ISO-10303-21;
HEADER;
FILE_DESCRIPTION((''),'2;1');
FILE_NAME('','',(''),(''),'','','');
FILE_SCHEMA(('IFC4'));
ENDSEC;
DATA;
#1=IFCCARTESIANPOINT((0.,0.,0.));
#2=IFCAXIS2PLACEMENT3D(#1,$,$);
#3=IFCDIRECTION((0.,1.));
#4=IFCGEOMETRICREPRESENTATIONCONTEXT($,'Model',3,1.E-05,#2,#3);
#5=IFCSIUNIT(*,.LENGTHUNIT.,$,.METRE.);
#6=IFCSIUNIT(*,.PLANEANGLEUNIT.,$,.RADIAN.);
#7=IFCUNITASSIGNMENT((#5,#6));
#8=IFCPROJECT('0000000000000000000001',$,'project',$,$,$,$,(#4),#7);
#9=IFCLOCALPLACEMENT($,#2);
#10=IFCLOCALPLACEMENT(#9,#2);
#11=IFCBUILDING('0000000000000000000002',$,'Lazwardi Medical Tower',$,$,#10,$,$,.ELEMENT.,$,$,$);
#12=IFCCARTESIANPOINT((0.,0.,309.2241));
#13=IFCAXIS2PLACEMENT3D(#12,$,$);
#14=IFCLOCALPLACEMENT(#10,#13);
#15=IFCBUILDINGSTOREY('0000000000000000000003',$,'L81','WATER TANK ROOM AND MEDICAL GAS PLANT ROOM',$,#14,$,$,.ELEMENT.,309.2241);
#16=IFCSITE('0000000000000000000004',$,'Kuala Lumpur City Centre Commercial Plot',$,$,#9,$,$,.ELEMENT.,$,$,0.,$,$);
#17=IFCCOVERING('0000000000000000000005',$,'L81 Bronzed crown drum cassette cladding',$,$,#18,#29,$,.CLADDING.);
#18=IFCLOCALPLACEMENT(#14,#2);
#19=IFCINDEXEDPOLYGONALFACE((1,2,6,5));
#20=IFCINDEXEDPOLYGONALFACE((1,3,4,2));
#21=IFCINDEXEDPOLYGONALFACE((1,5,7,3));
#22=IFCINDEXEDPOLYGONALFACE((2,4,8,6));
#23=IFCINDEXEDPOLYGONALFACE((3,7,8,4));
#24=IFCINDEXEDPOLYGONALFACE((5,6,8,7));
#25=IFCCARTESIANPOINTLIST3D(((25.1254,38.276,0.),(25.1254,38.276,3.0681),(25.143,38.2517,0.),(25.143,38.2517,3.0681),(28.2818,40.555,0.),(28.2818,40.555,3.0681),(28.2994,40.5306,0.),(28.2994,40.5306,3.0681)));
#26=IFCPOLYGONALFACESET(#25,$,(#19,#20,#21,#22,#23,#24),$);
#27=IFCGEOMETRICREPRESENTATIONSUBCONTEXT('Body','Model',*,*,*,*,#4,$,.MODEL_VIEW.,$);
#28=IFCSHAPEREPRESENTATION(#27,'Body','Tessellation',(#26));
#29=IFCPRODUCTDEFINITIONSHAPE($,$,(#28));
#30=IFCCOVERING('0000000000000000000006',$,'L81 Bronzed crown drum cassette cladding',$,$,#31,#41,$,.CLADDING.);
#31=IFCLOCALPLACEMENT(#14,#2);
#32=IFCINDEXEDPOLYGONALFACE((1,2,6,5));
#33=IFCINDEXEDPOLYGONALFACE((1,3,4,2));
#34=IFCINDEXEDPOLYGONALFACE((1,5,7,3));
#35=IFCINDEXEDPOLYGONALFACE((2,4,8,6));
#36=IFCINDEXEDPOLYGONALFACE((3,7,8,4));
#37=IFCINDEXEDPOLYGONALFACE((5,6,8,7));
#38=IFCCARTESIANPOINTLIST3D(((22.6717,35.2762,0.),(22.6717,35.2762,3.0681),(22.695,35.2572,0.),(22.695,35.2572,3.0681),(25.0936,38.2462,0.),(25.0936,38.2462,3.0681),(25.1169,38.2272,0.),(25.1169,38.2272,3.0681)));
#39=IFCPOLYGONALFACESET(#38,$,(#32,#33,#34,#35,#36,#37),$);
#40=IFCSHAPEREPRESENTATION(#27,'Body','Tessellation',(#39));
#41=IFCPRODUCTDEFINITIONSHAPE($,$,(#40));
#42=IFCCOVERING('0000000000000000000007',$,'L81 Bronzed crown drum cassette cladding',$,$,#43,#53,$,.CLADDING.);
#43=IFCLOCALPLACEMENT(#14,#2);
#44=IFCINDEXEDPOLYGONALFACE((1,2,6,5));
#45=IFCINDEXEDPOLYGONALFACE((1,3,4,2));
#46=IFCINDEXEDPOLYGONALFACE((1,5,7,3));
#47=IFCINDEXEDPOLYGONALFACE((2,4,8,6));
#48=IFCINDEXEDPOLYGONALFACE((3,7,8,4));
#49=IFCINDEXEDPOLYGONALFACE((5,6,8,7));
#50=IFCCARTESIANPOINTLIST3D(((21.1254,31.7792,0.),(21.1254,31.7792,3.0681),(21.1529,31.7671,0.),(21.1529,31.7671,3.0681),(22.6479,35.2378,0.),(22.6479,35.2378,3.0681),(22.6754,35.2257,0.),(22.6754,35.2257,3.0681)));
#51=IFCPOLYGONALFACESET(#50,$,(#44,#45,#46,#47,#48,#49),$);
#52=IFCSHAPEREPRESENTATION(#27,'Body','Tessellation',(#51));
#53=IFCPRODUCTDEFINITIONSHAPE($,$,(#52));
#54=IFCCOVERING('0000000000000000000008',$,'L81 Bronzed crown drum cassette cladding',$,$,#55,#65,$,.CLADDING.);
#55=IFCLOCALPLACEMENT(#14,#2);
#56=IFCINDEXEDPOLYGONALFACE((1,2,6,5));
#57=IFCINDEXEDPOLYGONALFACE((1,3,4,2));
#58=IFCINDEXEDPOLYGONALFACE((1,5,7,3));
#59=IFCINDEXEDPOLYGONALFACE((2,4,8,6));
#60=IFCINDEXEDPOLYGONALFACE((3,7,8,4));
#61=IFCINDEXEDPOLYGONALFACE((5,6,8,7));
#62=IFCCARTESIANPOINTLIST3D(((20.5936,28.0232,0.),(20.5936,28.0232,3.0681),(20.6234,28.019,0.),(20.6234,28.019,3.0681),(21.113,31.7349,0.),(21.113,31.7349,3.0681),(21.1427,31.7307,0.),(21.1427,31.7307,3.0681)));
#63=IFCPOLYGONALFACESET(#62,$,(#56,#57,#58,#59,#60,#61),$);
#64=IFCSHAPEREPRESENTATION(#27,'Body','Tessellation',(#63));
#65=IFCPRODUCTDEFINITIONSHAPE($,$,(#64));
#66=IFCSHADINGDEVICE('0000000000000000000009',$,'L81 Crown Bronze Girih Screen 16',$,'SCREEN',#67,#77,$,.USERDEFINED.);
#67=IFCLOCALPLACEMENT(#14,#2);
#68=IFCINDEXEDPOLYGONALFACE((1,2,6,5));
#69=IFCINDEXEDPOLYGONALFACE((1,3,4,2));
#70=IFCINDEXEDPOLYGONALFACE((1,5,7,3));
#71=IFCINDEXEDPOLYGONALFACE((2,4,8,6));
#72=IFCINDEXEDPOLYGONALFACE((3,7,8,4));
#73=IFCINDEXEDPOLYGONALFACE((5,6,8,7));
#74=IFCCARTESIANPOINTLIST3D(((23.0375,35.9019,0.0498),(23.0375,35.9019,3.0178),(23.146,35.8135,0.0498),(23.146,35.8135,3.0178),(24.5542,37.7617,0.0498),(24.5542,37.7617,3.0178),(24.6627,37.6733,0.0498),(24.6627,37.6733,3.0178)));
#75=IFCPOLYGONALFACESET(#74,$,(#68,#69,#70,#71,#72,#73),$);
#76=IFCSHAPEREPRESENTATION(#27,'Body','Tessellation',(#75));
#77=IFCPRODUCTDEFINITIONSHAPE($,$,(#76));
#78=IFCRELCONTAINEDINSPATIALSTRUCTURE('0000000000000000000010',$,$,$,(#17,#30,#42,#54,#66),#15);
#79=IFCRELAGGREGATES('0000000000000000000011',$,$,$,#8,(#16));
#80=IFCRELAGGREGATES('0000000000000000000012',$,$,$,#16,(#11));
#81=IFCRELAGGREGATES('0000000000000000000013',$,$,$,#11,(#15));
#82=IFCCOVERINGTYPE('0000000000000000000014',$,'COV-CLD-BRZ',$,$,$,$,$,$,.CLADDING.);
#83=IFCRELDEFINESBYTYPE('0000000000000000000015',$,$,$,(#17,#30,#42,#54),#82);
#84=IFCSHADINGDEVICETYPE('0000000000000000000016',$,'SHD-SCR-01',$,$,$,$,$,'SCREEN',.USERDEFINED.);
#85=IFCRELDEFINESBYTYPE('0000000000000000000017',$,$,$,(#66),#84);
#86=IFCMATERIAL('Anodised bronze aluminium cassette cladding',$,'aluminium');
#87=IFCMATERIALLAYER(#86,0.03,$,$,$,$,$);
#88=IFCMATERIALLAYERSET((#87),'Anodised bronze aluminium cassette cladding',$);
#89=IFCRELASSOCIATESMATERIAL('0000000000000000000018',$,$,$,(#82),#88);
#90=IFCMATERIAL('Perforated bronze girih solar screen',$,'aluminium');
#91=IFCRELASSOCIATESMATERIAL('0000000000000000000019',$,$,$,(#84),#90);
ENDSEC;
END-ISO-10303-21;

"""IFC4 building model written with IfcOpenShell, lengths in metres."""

from ifc_helpers import new_model, si_unit, direction, frame, origin, origin_2d, place, context, subcontext, project, spatial, rectangle, extrude, material, layer, layer_set, type_object, element, save


model = new_model("IFC4")

# Units and contexts
model_context = context("Model", 3, precision=1e-05, world=origin(), true_north=direction((0.0, 1.0)))
body_context = subcontext(model_context, "Body", "Model", "MODEL_VIEW")
ifc_project = project(units=[si_unit("LENGTHUNIT", "METRE"), si_unit("PLANEANGLEUNIT", "RADIAN")], contexts=[model_context])

# Site, building, storey
site_placement = place(None, origin())
site = spatial("IfcSite", under=ifc_project, at=site_placement, Name="Kuala Lumpur City Centre Commercial Plot", CompositionType="ELEMENT", RefElevation=0.0)
building_placement = place(site_placement, origin())
building = spatial("IfcBuilding", under=site, at=building_placement, Name="Lazwardi Medical Tower", CompositionType="ELEMENT")
storey_placement = place(building_placement, frame((0.0, 0.0, 309.2241)))
storey = spatial("IfcBuildingStorey", under=building, at=storey_placement, Name="L81", Description="WATER TANK ROOM AND MEDICAL GAS PLANT ROOM", CompositionType="ELEMENT", Elevation=309.2241)

# Coverings
ifc_material_1 = material(Name="Anodised bronze aluminium cassette cladding", Category="aluminium")
ifc_layer_1 = layer(ifc_material_1, 0.03)
ifc_layer_set_1 = layer_set([ifc_layer_1], Name="Anodised bronze aluminium cassette cladding")
covering_type = type_object("IfcCoveringType", Name="COV-CLD-BRZ", PredefinedType="CLADDING", material=ifc_layer_set_1)
covering_1_placement = place(storey_placement, frame((26.7124, 39.4033, 0.0), z_axis=(0.0, 0.0, 1.0), x_axis=(-0.810758, -0.585381, 0.0)))
element("IfcCovering", 1, at=covering_1_placement, inside=storey, type_object=covering_type, Name="L81 Bronzed crown drum cassette cladding", PredefinedType="CLADDING", context=body_context, shape_type="SweptSolid", body=[
    extrude(rectangle(XDim=3.8931, YDim=0.03, at=origin_2d()), origin(), (0.0, 0.0, 1.0), 3.0681),
])
covering_2_placement = place(storey_placement, frame((23.8943, 36.7517, 0.0), z_axis=(0.0, 0.0, 1.0), x_axis=(-0.631983, -0.774982, 0.0)))
element("IfcCovering", 2, at=covering_2_placement, inside=storey, type_object=covering_type, Name="L81 Bronzed crown drum cassette cladding", PredefinedType="CLADDING", context=body_context, shape_type="SweptSolid", body=[
    extrude(rectangle(XDim=3.8323, YDim=0.03, at=origin_2d()), origin(), (0.0, 0.0, 1.0), 3.0681),
])
covering_3_placement = place(storey_placement, frame((21.9004, 33.5024, 0.0), z_axis=(0.0, 0.0, 1.0), x_axis=(-0.402906, -0.915241, 0.0)))
element("IfcCovering", 3, at=covering_3_placement, inside=storey, type_object=covering_type, Name="L81 Bronzed crown drum cassette cladding", PredefinedType="CLADDING", context=body_context, shape_type="SweptSolid", body=[
    extrude(rectangle(XDim=3.7788, YDim=0.03, at=origin_2d()), origin(), (0.0, 0.0, 1.0), 3.0681),
])
covering_4_placement = place(storey_placement, frame((20.8682, 29.877, 0.0), z_axis=(0.0, 0.0, 1.0), x_axis=(-0.138566, -0.990353, 0.0)))
element("IfcCovering", 4, at=covering_4_placement, inside=storey, type_object=covering_type, Name="L81 Bronzed crown drum cassette cladding", PredefinedType="CLADDING", context=body_context, shape_type="SweptSolid", body=[
    extrude(rectangle(XDim=3.7478, YDim=0.03, at=origin_2d()), origin(), (0.0, 0.0, 1.0), 3.0681),
])

# Shading device
ifc_material_2 = material(Name="Perforated bronze girih solar screen", Category="aluminium")
shading_device_type = type_object("IfcShadingDeviceType", Name="SHD-SCR-01", ElementType="SCREEN", PredefinedType="USERDEFINED", material=ifc_material_2)
shading_device_placement = place(storey_placement, frame((23.8501, 36.7876, 0.0498), z_axis=(0.0, 0.0, 1.0), x_axis=(-0.631983, -0.774982, 0.0)))
element("IfcShadingDevice", 5, at=shading_device_placement, inside=storey, type_object=shading_device_type, Name="L81 Crown Bronze Girih Screen 16", ObjectType="SCREEN", PredefinedType="USERDEFINED", context=body_context, shape_type="SweptSolid", body=[
    extrude(rectangle(XDim=2.3999, YDim=0.1399, at=origin_2d()), origin(), (0.0, 0.0, 1.0), 2.968),
])

save(model, "model.ifc")
